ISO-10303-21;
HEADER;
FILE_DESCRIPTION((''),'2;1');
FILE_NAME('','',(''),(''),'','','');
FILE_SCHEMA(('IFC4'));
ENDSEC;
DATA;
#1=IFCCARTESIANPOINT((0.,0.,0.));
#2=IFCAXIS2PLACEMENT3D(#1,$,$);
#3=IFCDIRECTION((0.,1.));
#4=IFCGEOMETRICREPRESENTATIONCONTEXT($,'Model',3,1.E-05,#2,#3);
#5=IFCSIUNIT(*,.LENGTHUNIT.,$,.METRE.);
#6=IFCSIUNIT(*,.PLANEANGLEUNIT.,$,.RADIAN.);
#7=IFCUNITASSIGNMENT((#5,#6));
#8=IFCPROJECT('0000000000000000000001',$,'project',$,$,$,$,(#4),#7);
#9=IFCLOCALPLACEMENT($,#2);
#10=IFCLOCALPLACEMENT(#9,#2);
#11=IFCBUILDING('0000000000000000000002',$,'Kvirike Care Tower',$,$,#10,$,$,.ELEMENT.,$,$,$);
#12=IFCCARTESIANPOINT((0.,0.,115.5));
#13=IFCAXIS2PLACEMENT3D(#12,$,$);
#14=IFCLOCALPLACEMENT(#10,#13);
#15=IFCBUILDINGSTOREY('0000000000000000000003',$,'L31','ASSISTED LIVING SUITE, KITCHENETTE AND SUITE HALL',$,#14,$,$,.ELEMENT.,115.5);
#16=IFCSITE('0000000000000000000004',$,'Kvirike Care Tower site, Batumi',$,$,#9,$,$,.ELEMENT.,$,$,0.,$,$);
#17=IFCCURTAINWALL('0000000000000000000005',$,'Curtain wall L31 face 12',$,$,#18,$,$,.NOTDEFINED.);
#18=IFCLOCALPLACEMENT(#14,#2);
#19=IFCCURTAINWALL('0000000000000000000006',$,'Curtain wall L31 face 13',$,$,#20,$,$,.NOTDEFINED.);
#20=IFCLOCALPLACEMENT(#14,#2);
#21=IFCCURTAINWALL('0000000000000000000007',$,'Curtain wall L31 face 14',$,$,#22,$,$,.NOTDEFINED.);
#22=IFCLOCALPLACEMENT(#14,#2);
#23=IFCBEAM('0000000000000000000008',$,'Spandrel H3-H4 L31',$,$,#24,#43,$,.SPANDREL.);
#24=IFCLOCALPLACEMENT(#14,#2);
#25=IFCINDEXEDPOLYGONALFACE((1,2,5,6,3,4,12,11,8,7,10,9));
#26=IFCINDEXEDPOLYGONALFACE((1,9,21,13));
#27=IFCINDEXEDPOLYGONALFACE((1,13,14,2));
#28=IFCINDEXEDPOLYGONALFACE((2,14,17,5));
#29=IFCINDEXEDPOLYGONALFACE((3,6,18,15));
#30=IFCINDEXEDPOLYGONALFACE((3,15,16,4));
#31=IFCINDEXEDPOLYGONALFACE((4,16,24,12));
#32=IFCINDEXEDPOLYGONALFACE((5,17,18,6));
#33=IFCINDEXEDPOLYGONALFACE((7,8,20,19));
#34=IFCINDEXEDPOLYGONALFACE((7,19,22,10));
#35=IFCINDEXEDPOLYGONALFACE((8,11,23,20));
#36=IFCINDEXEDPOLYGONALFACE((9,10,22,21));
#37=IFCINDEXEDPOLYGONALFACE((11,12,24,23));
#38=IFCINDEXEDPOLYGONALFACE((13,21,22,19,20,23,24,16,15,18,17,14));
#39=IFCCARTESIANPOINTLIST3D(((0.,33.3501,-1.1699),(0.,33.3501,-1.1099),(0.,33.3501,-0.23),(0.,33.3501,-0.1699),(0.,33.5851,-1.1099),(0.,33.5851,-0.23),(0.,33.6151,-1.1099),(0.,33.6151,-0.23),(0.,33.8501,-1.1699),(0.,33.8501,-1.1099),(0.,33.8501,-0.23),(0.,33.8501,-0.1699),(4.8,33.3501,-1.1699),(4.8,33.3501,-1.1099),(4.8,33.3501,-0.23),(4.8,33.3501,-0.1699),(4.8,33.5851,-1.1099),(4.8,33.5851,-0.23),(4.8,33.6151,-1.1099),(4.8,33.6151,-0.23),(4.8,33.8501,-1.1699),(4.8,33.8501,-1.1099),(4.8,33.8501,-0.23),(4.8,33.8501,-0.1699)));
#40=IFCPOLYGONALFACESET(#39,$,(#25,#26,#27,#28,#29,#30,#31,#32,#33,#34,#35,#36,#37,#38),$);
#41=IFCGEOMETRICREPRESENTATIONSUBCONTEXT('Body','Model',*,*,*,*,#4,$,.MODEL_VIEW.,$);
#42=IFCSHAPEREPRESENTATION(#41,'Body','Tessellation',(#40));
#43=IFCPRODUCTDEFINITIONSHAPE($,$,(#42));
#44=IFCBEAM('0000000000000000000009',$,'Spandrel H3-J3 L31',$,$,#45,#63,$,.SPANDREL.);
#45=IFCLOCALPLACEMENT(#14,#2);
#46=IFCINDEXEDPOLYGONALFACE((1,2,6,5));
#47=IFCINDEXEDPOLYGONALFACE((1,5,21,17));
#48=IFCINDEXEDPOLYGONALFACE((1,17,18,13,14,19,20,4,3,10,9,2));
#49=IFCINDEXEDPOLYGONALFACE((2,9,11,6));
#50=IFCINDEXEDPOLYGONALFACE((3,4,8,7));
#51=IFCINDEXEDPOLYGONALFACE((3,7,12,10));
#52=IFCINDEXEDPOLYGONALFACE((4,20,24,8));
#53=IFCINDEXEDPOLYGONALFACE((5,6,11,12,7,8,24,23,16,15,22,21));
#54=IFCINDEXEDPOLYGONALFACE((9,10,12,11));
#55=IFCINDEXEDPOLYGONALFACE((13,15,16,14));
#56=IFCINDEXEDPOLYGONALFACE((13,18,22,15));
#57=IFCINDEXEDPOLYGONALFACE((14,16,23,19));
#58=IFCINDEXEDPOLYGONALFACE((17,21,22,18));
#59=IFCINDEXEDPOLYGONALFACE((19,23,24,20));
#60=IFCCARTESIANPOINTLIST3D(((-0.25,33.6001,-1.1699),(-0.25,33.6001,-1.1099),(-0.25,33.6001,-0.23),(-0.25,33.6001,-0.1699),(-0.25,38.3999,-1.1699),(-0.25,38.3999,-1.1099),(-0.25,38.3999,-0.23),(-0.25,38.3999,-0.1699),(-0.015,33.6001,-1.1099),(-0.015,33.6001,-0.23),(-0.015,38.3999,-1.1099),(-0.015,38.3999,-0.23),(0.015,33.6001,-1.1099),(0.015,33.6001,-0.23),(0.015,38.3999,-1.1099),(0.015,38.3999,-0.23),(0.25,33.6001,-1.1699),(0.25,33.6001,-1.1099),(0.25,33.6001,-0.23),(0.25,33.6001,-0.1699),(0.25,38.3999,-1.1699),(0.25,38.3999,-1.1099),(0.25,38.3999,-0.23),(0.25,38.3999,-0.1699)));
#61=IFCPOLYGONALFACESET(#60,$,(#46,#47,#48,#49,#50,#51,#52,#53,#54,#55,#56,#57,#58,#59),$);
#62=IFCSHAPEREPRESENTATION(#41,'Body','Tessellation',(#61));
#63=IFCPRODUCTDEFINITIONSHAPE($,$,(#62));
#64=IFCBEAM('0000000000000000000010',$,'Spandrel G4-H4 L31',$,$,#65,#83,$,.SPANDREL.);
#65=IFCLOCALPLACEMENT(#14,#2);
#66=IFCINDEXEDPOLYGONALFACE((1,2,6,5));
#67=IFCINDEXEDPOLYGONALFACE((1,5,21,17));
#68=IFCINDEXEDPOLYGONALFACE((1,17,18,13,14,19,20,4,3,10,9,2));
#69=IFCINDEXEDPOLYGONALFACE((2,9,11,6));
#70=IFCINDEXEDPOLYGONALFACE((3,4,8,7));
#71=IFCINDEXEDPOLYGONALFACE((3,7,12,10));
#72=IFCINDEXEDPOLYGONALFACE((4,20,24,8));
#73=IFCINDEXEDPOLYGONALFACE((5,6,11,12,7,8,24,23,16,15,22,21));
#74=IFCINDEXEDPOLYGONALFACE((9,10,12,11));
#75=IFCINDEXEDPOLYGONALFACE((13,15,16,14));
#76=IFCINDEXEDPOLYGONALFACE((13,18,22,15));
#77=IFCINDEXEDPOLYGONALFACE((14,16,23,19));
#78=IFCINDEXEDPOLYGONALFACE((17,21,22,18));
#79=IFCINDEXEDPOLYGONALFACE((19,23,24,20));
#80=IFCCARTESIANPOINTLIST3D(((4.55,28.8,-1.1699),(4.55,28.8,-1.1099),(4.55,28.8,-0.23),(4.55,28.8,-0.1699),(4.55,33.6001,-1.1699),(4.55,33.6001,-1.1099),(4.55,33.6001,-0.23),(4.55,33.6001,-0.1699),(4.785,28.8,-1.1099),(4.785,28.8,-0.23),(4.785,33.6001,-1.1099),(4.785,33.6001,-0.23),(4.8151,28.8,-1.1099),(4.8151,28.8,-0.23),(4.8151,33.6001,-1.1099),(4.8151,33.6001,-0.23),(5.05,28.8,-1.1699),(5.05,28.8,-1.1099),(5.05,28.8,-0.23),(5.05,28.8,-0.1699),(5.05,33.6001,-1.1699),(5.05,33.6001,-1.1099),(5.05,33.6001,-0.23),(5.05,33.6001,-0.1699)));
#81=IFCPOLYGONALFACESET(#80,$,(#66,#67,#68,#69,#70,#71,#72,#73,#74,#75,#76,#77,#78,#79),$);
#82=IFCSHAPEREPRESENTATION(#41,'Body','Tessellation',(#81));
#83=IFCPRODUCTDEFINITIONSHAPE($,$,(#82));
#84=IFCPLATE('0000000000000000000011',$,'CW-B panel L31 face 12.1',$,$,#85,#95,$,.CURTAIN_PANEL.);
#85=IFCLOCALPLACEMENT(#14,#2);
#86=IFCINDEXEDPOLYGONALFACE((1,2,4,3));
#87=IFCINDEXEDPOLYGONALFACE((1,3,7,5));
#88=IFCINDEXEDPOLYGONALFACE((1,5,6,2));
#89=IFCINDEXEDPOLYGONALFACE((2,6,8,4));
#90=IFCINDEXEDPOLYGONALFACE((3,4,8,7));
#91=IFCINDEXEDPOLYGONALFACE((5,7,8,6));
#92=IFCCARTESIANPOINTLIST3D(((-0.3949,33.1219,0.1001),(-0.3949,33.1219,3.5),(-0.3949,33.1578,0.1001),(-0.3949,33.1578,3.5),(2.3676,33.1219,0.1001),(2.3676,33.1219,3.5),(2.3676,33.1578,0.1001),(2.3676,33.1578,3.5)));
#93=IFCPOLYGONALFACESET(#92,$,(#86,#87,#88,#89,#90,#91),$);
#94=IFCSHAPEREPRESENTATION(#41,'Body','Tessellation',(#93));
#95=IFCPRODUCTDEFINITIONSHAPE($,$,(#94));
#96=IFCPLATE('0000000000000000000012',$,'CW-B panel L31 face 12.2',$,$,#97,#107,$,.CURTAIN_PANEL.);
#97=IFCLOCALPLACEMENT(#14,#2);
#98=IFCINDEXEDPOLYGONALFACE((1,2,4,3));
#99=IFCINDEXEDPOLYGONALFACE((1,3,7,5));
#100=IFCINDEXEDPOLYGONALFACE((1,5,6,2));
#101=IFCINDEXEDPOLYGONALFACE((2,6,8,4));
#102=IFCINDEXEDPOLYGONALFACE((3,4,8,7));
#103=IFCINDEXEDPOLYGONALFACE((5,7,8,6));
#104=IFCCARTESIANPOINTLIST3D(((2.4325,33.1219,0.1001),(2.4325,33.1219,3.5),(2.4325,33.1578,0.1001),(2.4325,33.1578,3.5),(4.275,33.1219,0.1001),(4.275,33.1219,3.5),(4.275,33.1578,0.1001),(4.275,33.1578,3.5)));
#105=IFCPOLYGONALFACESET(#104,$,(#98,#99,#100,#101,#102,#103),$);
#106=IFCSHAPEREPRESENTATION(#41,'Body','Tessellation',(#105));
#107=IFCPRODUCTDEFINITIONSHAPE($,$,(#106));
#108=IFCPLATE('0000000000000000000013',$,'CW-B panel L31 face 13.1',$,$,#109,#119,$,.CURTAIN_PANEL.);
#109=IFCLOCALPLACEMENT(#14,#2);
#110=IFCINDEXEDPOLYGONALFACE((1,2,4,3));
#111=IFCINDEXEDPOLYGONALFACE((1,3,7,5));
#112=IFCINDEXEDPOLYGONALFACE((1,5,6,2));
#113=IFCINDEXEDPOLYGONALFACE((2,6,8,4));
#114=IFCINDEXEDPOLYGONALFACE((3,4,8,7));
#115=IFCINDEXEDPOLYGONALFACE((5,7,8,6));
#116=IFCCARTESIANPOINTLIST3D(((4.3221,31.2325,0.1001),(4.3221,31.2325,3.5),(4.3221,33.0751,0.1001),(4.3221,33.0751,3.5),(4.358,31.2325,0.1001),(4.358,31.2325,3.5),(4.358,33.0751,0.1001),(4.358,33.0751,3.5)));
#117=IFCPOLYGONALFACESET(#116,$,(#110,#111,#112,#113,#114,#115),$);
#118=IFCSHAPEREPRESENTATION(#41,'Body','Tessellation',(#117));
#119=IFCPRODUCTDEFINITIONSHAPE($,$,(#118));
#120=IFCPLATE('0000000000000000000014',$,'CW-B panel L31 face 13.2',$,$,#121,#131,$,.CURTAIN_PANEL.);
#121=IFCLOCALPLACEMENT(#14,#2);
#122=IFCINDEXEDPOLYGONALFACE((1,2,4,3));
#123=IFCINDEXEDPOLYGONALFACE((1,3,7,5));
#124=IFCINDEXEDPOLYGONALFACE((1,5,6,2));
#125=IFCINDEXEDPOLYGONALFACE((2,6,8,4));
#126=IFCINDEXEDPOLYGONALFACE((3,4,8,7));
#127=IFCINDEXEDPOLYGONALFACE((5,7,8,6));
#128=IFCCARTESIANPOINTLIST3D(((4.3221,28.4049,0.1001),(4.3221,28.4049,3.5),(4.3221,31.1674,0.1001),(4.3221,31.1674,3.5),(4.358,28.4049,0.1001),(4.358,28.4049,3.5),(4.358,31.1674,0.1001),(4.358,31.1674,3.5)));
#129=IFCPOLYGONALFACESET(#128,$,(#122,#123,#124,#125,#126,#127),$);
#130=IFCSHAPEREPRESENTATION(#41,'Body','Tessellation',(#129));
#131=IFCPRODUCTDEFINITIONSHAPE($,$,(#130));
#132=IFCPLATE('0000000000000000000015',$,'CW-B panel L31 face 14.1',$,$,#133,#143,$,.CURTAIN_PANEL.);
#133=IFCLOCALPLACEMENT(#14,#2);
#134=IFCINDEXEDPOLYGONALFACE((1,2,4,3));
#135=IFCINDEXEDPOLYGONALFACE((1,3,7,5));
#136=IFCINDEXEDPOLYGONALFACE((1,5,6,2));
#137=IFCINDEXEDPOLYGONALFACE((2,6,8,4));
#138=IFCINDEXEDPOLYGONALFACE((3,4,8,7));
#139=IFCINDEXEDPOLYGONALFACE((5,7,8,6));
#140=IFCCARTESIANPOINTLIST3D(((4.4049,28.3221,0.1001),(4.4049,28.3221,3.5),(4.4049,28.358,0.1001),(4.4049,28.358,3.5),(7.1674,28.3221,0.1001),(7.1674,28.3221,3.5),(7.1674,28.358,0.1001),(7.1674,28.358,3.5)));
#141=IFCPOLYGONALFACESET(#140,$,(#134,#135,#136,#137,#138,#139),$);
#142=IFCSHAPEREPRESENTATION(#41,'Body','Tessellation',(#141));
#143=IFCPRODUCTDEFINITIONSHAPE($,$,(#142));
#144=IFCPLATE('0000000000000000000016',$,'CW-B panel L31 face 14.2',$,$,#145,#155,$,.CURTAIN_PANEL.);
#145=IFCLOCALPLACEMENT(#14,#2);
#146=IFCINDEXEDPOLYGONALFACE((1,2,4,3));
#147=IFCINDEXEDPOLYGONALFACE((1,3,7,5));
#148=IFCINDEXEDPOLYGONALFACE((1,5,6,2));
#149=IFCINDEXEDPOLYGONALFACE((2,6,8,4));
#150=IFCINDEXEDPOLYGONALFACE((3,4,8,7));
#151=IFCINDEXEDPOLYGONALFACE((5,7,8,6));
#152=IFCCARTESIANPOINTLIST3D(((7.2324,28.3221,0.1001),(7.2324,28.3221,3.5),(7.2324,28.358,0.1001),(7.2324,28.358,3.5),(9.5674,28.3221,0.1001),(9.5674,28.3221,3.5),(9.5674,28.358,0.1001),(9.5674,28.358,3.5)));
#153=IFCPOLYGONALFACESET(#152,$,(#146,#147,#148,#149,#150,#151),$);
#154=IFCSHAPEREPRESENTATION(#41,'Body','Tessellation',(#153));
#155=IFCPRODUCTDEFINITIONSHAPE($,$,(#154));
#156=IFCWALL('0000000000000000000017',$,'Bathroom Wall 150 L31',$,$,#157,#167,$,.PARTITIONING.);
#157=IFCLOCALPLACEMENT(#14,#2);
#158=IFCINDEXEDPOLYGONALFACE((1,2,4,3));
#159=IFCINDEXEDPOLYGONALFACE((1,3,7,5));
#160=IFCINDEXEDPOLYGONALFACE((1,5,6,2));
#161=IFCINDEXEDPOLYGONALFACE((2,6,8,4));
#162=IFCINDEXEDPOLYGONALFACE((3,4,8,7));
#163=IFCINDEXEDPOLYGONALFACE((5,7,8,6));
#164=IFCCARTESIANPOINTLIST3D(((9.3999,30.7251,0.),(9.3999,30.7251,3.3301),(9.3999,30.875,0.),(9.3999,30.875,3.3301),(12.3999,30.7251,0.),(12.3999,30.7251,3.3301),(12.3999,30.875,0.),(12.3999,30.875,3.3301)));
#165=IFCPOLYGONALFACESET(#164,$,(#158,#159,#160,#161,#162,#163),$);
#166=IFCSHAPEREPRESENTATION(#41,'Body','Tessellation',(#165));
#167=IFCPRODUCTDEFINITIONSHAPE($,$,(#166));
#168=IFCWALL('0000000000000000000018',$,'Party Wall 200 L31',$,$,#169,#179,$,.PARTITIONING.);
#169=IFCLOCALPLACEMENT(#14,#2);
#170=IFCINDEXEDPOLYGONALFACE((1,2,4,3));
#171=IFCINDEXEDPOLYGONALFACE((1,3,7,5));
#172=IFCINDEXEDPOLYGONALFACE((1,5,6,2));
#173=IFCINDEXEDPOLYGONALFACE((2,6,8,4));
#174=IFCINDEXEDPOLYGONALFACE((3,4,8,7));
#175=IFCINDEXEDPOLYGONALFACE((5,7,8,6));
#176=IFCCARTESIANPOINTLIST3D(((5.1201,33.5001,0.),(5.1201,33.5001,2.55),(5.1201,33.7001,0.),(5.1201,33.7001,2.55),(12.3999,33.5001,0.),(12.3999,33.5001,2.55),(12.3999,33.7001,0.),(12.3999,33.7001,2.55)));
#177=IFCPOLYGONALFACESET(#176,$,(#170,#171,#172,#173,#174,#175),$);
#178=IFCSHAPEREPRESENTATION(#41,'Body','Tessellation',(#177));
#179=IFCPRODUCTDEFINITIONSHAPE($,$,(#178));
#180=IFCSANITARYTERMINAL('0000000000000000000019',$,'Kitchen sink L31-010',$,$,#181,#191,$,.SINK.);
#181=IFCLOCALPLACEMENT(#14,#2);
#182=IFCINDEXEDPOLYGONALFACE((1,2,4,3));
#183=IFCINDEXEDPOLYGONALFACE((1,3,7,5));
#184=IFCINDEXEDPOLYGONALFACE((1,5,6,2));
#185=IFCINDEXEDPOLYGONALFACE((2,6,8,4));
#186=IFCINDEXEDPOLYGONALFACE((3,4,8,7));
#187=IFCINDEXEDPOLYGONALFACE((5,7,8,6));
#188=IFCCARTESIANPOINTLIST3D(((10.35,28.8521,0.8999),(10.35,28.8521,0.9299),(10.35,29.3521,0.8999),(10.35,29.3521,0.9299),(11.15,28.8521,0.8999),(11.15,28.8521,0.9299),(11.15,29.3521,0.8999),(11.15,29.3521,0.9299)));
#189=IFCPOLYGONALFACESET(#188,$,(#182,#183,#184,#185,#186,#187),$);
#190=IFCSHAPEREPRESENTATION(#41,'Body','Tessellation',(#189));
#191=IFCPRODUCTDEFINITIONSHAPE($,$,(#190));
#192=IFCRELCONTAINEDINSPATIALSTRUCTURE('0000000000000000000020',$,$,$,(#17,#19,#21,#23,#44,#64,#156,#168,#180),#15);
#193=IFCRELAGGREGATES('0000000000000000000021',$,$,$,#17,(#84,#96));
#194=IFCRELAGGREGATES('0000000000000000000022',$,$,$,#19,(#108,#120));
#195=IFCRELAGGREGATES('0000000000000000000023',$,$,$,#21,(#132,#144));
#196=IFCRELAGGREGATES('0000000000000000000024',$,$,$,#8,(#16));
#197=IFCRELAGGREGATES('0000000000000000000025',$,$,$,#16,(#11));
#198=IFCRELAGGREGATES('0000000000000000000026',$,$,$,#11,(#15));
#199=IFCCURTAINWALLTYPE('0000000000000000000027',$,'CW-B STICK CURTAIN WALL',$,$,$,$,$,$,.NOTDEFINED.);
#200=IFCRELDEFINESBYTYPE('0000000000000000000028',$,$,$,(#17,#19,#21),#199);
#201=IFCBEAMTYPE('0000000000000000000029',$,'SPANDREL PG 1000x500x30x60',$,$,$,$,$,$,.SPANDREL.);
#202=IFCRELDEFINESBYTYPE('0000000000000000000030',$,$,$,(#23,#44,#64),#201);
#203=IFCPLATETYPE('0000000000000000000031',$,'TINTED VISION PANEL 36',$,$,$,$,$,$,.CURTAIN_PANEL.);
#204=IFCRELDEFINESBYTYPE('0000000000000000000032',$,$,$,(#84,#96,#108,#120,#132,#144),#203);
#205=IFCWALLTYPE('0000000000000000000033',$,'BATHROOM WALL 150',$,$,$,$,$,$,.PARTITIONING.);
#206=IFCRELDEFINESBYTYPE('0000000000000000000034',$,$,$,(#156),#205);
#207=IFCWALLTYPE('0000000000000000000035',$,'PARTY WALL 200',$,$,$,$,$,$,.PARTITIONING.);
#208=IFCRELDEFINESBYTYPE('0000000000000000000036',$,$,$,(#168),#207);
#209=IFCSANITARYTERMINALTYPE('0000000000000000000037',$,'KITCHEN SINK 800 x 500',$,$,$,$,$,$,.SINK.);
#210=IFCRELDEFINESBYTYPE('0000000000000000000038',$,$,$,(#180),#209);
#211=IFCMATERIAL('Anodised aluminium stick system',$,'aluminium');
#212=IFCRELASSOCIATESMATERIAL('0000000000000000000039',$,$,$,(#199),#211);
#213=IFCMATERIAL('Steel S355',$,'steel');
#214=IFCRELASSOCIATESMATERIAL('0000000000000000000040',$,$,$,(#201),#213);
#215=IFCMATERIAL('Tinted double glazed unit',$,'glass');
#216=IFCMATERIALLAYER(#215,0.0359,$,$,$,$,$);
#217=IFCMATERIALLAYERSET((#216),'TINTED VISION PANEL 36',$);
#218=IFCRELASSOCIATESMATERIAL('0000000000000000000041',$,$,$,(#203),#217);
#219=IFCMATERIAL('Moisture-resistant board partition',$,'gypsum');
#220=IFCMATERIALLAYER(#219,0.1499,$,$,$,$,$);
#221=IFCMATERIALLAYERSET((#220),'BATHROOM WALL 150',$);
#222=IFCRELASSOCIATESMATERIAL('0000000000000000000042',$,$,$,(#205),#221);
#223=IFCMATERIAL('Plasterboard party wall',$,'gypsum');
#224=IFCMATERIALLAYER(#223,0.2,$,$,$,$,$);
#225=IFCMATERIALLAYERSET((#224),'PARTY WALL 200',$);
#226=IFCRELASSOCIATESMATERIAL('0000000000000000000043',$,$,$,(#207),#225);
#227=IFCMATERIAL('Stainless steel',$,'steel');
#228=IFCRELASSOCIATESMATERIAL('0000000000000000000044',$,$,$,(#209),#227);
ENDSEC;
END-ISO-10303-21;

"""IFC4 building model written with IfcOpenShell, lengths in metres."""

from ifc_helpers import new_model, si_unit, direction, frame, frame_2d, origin, origin_2d, place, context, subcontext, project, spatial, rectangle, i_section, extrude, material, layer, layer_set, material_profile, profile_set, type_object, element, aggregate, save


model = new_model("IFC4")

# Units and contexts
model_context = context("Model", 3, precision=1e-05, world=origin(), true_north=direction((0.0, 1.0)))
body_context = subcontext(model_context, "Body", "Model", "MODEL_VIEW")
ifc_project = project(units=[si_unit("LENGTHUNIT", "METRE"), si_unit("PLANEANGLEUNIT", "RADIAN")], contexts=[model_context])

# Site, building, storey
site_placement = place(None, origin())
site = spatial("IfcSite", under=ifc_project, at=site_placement, Name="Kvirike Care Tower site, Batumi", CompositionType="ELEMENT", RefElevation=0.0)
building_placement = place(site_placement, origin())
building = spatial("IfcBuilding", under=site, at=building_placement, Name="Kvirike Care Tower", CompositionType="ELEMENT")
storey_placement = place(building_placement, frame((0.0, 0.0, 115.5)))
storey = spatial("IfcBuildingStorey", under=building, at=storey_placement, Name="L31", Description="ASSISTED LIVING SUITE, KITCHENETTE AND SUITE HALL", CompositionType="ELEMENT", Elevation=115.5)

# Shared definitions
ifc_material_1 = material(Name="Anodised aluminium stick system", Category="aluminium")
curtain_wall_type = type_object("IfcCurtainWallType", Name="CW-B STICK CURTAIN WALL", PredefinedType="NOTDEFINED", material=ifc_material_1)

# Curtain walls
curtain_wall_1_placement = place(storey_placement, origin())
curtain_wall_1 = element("IfcCurtainWall", 1, at=curtain_wall_1_placement, inside=storey, type_object=curtain_wall_type, Name="Curtain wall L31 face 12", PredefinedType="NOTDEFINED")
curtain_wall_2_placement = place(storey_placement, origin())
curtain_wall_2 = element("IfcCurtainWall", 2, at=curtain_wall_2_placement, inside=storey, type_object=curtain_wall_type, Name="Curtain wall L31 face 13", PredefinedType="NOTDEFINED")
curtain_wall_3_placement = place(storey_placement, origin())
curtain_wall_3 = element("IfcCurtainWall", 3, at=curtain_wall_3_placement, inside=storey, type_object=curtain_wall_type, Name="Curtain wall L31 face 14", PredefinedType="NOTDEFINED")

# Beams
ifc_material_2 = material(Name="Steel S355", Category="steel")
ifc_material_profile_1 = material_profile(ifc_material_2, i_section(OverallWidth=0.5, OverallDepth=1.0, WebThickness=0.03, FlangeThickness=0.0601, at=origin_2d()), Name="PG 1000x500x30x60")
ifc_profile_set_1 = profile_set([ifc_material_profile_1], Name="Steel S355")
beam_type_1 = type_object("IfcBeamType", Name="SPANDREL PG 1000x500x30x60", PredefinedType="SPANDREL", material=ifc_profile_set_1)
beam_1_placement = place(storey_placement, frame((0.0, 33.6001, -0.6699), z_axis=(1.0, 0.0, 0.0), x_axis=(0.0, 1.0, 0.0)))
element("IfcBeam", 4, at=beam_1_placement, inside=storey, type_object=beam_type_1, Name="Spandrel H3-H4 L31", PredefinedType="SPANDREL", context=body_context, shape_type="SweptSolid", body=[
    extrude(i_section(OverallWidth=0.5, OverallDepth=1.0, WebThickness=0.03, FlangeThickness=0.0601, at=origin_2d()), origin(), (0.0, 0.0, 1.0), 4.8),
])
beam_2_placement = place(storey_placement, frame((0.0, 33.6001, -0.6699), z_axis=(0.0, 1.0, 0.0), x_axis=(-1.0, 0.0, 0.0)))
element("IfcBeam", 5, at=beam_2_placement, inside=storey, type_object=beam_type_1, Name="Spandrel H3-J3 L31", PredefinedType="SPANDREL", context=body_context, shape_type="SweptSolid", body=[
    extrude(i_section(OverallWidth=0.5, OverallDepth=1.0, WebThickness=0.03, FlangeThickness=0.0601, at=origin_2d()), origin(), (0.0, 0.0, 1.0), 4.7998),
])
beam_3_placement = place(storey_placement, frame((4.8, 28.8, -0.6699), z_axis=(0.0, 1.0, 0.0), x_axis=(-1.0, 0.0, 0.0)))
element("IfcBeam", 6, at=beam_3_placement, inside=storey, type_object=beam_type_1, Name="Spandrel G4-H4 L31", PredefinedType="SPANDREL", context=body_context, shape_type="SweptSolid", body=[
    extrude(i_section(OverallWidth=0.5, OverallDepth=1.0, WebThickness=0.03, FlangeThickness=0.0601, at=origin_2d()), origin(), (0.0, 0.0, 1.0), 4.8),
])

# Plates
ifc_material_3 = material(Name="Tinted double glazed unit", Category="glass")
ifc_layer_1 = layer(ifc_material_3, 0.0359)
ifc_layer_set_1 = layer_set([ifc_layer_1], Name="TINTED VISION PANEL 36")
plate_type = type_object("IfcPlateType", Name="TINTED VISION PANEL 36", PredefinedType="CURTAIN_PANEL", material=ifc_layer_set_1)
plate_1_placement = place(storey_placement, frame((0.9863, 33.1399, 0.1001), z_axis=(0.0, 0.0, 1.0), x_axis=(1.0, 0.0, 0.0)))
plate_1 = element("IfcPlate", 7, at=plate_1_placement, type_object=plate_type, Name="CW-B panel L31 face 12.1", PredefinedType="CURTAIN_PANEL", context=body_context, shape_type="SweptSolid", body=[
    extrude(rectangle(XDim=2.7625, YDim=0.0359, at=origin_2d()), origin(), (0.0, 0.0, 1.0), 3.3999),
])
plate_2_placement = place(storey_placement, frame((3.3538, 33.1399, 0.1001), z_axis=(0.0, 0.0, 1.0), x_axis=(1.0, 0.0, 0.0)))
plate_2 = element("IfcPlate", 8, at=plate_2_placement, type_object=plate_type, Name="CW-B panel L31 face 12.2", PredefinedType="CURTAIN_PANEL", context=body_context, shape_type="SweptSolid", body=[
    extrude(rectangle(XDim=1.8425, YDim=0.0359, at=origin_2d()), origin(), (0.0, 0.0, 1.0), 3.3999),
])
aggregate(curtain_wall_1, [plate_1, plate_2])
plate_3_placement = place(storey_placement, frame((4.3401, 32.1538, 0.1001), z_axis=(0.0, 0.0, 1.0), x_axis=(0.0, -1.0, 0.0)))
plate_3 = element("IfcPlate", 9, at=plate_3_placement, type_object=plate_type, Name="CW-B panel L31 face 13.1", PredefinedType="CURTAIN_PANEL", context=body_context, shape_type="SweptSolid", body=[
    extrude(rectangle(XDim=1.8425, YDim=0.0359, at=origin_2d()), origin(), (0.0, 0.0, 1.0), 3.3999),
])
plate_4_placement = place(storey_placement, frame((4.3401, 29.7861, 0.1001), z_axis=(0.0, 0.0, 1.0), x_axis=(0.0, -1.0, 0.0)))
plate_4 = element("IfcPlate", 10, at=plate_4_placement, type_object=plate_type, Name="CW-B panel L31 face 13.2", PredefinedType="CURTAIN_PANEL", context=body_context, shape_type="SweptSolid", body=[
    extrude(rectangle(XDim=2.7625, YDim=0.0359, at=origin_2d()), origin(), (0.0, 0.0, 1.0), 3.3999),
])
aggregate(curtain_wall_2, [plate_3, plate_4])
plate_5_placement = place(storey_placement, frame((5.7861, 28.3401, 0.1001), z_axis=(0.0, 0.0, 1.0), x_axis=(1.0, 0.0, 0.0)))
plate_5 = element("IfcPlate", 11, at=plate_5_placement, type_object=plate_type, Name="CW-B panel L31 face 14.1", PredefinedType="CURTAIN_PANEL", context=body_context, shape_type="SweptSolid", body=[
    extrude(rectangle(XDim=2.7625, YDim=0.0359, at=origin_2d()), origin(), (0.0, 0.0, 1.0), 3.3999),
])
plate_6_placement = place(storey_placement, frame((8.3999, 28.3401, 0.1001), z_axis=(0.0, 0.0, 1.0), x_axis=(1.0, 0.0, 0.0)))
plate_6 = element("IfcPlate", 12, at=plate_6_placement, type_object=plate_type, Name="CW-B panel L31 face 14.2", PredefinedType="CURTAIN_PANEL", context=body_context, shape_type="SweptSolid", body=[
    extrude(rectangle(XDim=2.335, YDim=0.0359, at=origin_2d()), origin(), (0.0, 0.0, 1.0), 3.3999),
])
aggregate(curtain_wall_3, [plate_5, plate_6])

# Walls
ifc_material_4 = material(Name="Moisture-resistant board partition", Category="gypsum")
ifc_layer_2 = layer(ifc_material_4, 0.1499)
ifc_layer_set_2 = layer_set([ifc_layer_2], Name="BATHROOM WALL 150")
wall_type_1 = type_object("IfcWallType", Name="BATHROOM WALL 150", PredefinedType="PARTITIONING", material=ifc_layer_set_2)
wall_1_placement = place(storey_placement, frame((9.3999, 30.8, 0.0), z_axis=(0.0, 0.0, 1.0), x_axis=(1.0, 0.0, 0.0)))
element("IfcWall", 13, at=wall_1_placement, inside=storey, type_object=wall_type_1, Name="Bathroom Wall 150 L31", PredefinedType="PARTITIONING", context=body_context, shape_type="SweptSolid", body=[
    extrude(rectangle(XDim=3.0, YDim=0.1499, at=frame_2d((1.5, 0.0))), origin(), (0.0, 0.0, 1.0), 3.3301),
])
ifc_material_5 = material(Name="Plasterboard party wall", Category="gypsum")
ifc_layer_3 = layer(ifc_material_5, 0.2)
ifc_layer_set_3 = layer_set([ifc_layer_3], Name="PARTY WALL 200")
wall_type_2 = type_object("IfcWallType", Name="PARTY WALL 200", PredefinedType="PARTITIONING", material=ifc_layer_set_3)
wall_2_placement = place(storey_placement, frame((5.1201, 33.6001, 0.0), z_axis=(0.0, 0.0, 1.0), x_axis=(1.0, 0.0, 0.0)))
element("IfcWall", 14, at=wall_2_placement, inside=storey, type_object=wall_type_2, Name="Party Wall 200 L31", PredefinedType="PARTITIONING", context=body_context, shape_type="SweptSolid", body=[
    extrude(rectangle(XDim=7.2798, YDim=0.2, at=frame_2d((3.6399, 0.0))), origin(), (0.0, 0.0, 1.0), 2.55),
])

# Sanitary terminal
ifc_material_6 = material(Name="Stainless steel", Category="steel")
sanitary_terminal_type_1 = type_object("IfcSanitaryTerminalType", Name="KITCHEN SINK 800 x 500", PredefinedType="SINK", material=ifc_material_6)
sanitary_terminal_1_placement = place(storey_placement, frame((10.75, 29.1021, 0.8999), z_axis=(0.0, 0.0, 1.0), x_axis=(-1.0, 0.0, 0.0)))
element("IfcSanitaryTerminal", 15, at=sanitary_terminal_1_placement, inside=storey, type_object=sanitary_terminal_type_1, Name="Kitchen sink L31-010", PredefinedType="SINK", context=body_context, shape_type="SweptSolid", body=[
    extrude(rectangle(XDim=0.8, YDim=0.5, at=origin_2d()), origin(), (0.0, 0.0, 1.0), 0.03),
])

save(model, "model.ifc")
